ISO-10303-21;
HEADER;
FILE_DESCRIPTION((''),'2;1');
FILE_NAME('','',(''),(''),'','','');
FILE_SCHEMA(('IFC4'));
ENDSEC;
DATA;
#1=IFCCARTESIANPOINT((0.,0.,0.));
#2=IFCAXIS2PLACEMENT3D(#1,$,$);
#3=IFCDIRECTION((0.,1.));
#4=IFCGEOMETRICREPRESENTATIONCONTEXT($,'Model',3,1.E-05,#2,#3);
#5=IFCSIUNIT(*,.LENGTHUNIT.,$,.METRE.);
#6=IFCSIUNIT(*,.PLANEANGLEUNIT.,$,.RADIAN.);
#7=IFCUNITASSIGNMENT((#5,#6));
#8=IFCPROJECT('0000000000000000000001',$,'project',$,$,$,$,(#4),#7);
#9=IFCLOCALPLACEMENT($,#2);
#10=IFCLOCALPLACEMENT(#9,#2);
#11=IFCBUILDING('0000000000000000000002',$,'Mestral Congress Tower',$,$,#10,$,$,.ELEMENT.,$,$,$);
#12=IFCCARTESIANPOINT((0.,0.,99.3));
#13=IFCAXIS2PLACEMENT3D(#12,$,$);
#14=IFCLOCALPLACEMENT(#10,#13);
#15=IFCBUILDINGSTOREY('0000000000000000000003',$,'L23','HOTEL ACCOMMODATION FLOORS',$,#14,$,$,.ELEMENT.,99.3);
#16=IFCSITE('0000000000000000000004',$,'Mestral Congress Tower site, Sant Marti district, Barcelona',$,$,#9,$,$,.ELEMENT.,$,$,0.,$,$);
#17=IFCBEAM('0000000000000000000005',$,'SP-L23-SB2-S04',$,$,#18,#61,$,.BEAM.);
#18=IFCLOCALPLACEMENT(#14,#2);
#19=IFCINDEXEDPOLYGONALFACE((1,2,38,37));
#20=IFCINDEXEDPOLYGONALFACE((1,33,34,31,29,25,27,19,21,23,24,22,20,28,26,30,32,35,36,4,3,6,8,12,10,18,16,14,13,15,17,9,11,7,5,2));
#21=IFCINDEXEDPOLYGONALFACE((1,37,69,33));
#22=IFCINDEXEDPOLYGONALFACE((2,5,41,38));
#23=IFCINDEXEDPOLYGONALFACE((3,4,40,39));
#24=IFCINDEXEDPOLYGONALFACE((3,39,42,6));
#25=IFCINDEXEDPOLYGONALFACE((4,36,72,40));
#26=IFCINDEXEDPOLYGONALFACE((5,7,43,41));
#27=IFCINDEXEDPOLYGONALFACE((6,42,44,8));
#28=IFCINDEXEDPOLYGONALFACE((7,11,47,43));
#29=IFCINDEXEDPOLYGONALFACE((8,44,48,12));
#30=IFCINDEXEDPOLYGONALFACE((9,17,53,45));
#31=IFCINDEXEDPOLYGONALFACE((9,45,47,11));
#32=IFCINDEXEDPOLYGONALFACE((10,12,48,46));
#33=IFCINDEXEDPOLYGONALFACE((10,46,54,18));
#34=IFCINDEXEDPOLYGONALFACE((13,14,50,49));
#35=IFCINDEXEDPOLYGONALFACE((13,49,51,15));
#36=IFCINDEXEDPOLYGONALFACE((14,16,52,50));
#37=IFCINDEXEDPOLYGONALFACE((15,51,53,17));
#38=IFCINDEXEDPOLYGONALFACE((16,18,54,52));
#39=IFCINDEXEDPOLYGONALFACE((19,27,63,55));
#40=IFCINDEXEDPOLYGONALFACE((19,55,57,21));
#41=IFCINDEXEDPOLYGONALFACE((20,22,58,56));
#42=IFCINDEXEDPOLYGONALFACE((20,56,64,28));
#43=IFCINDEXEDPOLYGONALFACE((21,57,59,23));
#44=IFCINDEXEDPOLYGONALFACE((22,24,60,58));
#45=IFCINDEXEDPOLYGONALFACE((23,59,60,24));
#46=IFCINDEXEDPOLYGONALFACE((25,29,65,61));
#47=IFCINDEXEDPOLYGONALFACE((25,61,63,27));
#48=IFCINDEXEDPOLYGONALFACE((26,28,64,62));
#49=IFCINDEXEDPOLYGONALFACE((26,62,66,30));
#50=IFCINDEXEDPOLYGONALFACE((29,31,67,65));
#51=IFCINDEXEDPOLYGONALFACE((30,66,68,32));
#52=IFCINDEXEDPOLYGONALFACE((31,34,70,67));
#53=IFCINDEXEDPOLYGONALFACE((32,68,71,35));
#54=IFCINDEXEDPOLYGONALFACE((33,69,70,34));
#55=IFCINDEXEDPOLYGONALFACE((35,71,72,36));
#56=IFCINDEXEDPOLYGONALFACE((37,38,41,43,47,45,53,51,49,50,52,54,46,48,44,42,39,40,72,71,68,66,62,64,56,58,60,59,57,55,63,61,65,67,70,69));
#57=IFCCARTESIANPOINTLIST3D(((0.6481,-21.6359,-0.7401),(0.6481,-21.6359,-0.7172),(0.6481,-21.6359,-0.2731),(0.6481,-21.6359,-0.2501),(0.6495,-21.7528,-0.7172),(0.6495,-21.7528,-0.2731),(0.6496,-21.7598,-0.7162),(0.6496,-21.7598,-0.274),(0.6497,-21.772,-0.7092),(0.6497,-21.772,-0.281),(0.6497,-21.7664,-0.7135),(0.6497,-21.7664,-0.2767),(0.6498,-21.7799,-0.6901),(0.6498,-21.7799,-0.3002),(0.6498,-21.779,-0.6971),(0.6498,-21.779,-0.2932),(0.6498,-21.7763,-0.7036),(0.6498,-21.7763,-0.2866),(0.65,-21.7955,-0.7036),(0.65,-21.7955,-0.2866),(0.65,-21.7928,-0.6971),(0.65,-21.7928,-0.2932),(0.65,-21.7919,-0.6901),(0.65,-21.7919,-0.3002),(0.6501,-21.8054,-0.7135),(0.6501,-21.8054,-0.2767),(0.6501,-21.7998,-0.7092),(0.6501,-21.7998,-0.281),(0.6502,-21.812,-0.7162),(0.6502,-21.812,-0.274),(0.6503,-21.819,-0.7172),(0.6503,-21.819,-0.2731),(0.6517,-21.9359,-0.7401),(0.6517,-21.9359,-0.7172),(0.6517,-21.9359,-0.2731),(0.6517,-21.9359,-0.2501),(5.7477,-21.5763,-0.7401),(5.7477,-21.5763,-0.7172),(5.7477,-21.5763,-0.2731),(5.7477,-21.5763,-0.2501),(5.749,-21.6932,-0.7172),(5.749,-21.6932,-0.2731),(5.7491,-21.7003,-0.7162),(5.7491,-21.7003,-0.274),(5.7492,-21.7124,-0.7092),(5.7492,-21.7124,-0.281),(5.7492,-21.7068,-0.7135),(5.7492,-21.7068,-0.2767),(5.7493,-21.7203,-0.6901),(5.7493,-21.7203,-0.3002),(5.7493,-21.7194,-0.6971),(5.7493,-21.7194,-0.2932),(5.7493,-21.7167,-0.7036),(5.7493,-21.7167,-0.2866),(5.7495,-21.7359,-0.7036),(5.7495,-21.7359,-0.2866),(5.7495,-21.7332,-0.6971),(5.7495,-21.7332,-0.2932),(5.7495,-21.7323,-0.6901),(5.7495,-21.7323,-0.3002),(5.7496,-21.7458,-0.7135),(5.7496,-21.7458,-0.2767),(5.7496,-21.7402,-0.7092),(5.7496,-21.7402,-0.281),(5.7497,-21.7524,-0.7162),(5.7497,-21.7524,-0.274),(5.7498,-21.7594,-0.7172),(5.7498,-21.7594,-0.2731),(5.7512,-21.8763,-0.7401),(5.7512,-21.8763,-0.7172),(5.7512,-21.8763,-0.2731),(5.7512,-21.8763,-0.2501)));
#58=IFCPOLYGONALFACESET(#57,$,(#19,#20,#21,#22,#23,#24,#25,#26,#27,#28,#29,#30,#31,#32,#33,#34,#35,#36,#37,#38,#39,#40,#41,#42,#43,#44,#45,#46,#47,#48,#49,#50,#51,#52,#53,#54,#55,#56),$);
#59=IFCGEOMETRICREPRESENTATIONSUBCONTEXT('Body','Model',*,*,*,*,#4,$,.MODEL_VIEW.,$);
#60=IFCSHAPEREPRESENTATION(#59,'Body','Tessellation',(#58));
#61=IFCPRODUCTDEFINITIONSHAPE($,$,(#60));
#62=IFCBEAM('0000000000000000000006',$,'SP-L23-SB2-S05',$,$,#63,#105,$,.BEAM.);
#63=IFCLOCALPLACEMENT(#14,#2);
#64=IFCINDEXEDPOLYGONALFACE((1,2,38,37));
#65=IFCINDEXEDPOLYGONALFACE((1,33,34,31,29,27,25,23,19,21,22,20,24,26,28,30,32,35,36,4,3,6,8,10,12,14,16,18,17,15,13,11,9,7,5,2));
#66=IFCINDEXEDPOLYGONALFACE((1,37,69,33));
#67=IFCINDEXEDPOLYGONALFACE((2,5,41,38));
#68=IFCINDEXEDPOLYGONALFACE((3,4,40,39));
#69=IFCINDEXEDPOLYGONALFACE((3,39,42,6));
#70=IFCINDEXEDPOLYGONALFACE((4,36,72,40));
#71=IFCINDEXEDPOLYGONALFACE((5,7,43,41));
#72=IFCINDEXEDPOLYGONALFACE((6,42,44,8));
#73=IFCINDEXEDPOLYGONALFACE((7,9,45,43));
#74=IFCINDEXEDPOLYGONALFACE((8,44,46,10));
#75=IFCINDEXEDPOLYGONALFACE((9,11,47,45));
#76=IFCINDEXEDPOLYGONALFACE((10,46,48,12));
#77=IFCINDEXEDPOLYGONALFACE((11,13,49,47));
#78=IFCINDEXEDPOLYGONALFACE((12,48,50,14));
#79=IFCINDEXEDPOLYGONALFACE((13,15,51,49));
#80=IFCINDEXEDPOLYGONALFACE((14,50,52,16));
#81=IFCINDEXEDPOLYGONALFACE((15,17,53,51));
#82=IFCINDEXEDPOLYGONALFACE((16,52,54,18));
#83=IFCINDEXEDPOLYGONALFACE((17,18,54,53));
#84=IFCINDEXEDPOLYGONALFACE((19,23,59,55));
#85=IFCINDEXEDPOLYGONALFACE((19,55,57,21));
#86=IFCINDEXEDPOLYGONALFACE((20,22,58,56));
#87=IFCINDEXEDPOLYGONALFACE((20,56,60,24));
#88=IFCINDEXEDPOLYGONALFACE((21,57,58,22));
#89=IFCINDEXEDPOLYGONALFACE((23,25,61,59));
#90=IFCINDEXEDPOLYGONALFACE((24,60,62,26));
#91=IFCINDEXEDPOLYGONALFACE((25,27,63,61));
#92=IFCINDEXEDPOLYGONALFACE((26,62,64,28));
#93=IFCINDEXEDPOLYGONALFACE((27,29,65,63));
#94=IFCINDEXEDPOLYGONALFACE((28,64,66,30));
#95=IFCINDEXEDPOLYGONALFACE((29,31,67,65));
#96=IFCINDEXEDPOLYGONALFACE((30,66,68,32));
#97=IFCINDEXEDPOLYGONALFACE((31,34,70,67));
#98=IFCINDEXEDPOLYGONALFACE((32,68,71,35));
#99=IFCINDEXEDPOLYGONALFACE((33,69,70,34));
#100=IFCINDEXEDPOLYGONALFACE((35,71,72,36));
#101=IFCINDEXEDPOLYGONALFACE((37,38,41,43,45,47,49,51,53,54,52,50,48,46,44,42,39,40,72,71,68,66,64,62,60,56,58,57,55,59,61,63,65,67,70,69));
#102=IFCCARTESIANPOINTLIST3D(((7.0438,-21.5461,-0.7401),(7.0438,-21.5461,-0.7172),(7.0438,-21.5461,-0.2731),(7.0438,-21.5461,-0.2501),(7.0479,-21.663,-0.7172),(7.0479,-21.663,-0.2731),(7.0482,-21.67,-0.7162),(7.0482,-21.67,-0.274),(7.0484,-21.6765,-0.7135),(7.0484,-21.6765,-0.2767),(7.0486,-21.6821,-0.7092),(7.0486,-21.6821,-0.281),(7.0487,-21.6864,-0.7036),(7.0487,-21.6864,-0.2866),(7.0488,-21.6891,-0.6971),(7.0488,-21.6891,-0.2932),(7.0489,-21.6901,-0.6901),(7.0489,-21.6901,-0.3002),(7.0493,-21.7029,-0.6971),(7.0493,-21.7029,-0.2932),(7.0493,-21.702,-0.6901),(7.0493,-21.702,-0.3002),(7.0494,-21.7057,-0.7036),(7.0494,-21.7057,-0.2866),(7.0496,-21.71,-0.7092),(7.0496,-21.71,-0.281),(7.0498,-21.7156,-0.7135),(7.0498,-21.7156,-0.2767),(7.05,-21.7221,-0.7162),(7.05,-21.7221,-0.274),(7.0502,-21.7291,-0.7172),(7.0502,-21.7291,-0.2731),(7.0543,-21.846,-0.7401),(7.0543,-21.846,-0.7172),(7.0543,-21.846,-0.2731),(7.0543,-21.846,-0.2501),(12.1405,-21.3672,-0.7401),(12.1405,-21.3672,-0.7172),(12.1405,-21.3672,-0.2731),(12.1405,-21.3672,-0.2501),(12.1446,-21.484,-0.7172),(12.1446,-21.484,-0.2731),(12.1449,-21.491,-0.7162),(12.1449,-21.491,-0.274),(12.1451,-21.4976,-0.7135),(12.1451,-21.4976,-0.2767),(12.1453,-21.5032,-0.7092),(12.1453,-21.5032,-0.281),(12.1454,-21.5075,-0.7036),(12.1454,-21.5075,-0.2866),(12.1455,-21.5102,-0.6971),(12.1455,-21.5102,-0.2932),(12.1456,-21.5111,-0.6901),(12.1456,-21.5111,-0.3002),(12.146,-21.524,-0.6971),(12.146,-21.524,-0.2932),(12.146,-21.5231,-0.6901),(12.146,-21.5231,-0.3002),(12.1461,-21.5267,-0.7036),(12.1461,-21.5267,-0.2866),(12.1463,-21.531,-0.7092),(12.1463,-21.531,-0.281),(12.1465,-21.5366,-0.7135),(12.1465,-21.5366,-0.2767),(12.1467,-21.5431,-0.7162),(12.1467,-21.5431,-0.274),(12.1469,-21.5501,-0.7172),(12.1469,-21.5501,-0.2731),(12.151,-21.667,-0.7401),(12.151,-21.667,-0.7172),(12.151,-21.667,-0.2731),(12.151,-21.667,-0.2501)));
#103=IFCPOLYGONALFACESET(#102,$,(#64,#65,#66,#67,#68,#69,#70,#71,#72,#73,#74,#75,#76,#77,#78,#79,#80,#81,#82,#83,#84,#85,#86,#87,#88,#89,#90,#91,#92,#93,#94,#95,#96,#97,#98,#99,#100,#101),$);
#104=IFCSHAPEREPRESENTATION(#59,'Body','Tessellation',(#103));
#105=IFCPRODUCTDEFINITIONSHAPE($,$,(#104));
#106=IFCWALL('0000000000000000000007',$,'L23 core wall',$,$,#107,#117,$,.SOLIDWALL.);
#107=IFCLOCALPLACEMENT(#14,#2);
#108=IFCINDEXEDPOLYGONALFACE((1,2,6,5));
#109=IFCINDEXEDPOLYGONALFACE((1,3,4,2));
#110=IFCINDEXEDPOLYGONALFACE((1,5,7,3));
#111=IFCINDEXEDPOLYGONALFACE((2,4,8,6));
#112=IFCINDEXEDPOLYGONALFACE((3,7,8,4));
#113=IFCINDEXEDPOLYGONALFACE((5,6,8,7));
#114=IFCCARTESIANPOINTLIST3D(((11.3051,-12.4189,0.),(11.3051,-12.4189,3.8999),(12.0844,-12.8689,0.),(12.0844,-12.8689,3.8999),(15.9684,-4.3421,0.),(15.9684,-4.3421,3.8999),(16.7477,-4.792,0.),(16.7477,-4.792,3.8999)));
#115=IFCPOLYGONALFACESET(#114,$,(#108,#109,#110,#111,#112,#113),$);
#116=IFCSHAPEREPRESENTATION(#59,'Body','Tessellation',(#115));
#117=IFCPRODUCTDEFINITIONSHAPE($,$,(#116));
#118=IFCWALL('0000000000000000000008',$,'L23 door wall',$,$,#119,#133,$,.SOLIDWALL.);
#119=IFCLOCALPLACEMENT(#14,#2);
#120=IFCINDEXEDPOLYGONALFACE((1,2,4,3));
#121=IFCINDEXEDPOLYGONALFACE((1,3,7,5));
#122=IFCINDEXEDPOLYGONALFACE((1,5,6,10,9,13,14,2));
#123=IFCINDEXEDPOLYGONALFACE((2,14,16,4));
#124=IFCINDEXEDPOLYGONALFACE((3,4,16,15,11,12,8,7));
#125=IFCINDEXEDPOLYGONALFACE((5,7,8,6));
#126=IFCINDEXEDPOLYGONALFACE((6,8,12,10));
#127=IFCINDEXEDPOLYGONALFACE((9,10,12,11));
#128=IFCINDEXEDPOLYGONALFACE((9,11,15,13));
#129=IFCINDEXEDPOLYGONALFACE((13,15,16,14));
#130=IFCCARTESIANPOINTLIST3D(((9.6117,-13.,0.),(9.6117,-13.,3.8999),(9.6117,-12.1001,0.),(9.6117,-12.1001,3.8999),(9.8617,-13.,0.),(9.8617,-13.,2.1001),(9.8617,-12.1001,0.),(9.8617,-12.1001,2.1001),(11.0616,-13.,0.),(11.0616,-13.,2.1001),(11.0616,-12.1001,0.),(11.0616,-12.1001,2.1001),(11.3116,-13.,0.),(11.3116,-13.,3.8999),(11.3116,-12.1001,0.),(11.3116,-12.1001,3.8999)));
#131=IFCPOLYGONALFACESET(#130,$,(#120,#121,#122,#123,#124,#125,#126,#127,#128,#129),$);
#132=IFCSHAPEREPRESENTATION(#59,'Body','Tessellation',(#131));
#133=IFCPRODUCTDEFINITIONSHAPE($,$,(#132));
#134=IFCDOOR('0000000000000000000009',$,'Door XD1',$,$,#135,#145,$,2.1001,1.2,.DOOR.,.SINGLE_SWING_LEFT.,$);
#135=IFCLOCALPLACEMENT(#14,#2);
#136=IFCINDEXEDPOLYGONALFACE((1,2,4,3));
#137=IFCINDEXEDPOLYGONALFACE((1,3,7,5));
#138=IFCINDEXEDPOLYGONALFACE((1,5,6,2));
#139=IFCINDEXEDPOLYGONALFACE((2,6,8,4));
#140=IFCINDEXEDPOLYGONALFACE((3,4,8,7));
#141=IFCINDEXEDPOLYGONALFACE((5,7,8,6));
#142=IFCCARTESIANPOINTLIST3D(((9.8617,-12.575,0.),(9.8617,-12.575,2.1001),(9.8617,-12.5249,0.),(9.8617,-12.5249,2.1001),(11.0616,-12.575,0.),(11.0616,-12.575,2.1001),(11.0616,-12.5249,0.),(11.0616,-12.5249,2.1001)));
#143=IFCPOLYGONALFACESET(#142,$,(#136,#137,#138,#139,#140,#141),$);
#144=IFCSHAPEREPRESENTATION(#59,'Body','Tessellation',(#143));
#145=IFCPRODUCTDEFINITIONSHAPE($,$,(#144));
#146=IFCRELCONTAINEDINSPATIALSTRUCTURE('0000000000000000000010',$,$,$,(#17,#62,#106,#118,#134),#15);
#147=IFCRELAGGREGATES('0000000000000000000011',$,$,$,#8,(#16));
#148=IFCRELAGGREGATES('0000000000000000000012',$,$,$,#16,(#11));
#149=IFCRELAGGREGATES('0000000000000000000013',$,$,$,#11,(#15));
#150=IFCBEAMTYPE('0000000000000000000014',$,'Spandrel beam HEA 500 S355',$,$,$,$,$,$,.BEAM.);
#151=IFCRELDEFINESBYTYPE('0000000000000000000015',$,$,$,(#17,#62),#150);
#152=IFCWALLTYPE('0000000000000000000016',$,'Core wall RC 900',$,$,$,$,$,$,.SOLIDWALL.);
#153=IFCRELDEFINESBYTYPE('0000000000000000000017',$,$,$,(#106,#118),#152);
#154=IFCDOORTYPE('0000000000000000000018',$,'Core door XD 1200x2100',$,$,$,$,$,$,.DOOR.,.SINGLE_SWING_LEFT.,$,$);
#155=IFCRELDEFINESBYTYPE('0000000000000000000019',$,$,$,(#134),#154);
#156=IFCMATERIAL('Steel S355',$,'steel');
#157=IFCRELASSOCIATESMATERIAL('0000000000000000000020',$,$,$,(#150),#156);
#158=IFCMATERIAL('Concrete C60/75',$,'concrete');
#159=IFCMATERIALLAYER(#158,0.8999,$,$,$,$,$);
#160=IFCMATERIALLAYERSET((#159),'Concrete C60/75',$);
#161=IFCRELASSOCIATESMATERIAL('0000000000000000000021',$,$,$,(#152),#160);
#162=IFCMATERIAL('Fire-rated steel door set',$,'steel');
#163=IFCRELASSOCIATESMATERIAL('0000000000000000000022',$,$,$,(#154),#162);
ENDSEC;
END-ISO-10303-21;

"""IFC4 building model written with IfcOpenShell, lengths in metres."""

from ifc_helpers import new_model, si_unit, direction, frame, frame_2d, origin, origin_2d, place, context, subcontext, project, spatial, rectangle, i_section, extrude, material, layer, layer_set, material_profile, profile_set, type_object, element, fill, save


model = new_model("IFC4")

# Units and contexts
model_context = context("Model", 3, precision=1e-05, world=origin(), true_north=direction((0.0, 1.0)))
body_context = subcontext(model_context, "Body", "Model", "MODEL_VIEW")
ifc_project = project(units=[si_unit("LENGTHUNIT", "METRE"), si_unit("PLANEANGLEUNIT", "RADIAN")], contexts=[model_context])

# Site, building, storey
site_placement = place(None, origin())
site = spatial("IfcSite", under=ifc_project, at=site_placement, Name="Mestral Congress Tower site, Sant Marti district, Barcelona", CompositionType="ELEMENT", RefElevation=0.0)
building_placement = place(site_placement, origin())
building = spatial("IfcBuilding", under=site, at=building_placement, Name="Mestral Congress Tower", CompositionType="ELEMENT")
storey_placement = place(building_placement, frame((0.0, 0.0, 99.3)))
storey = spatial("IfcBuildingStorey", under=building, at=storey_placement, Name="L23", Description="HOTEL ACCOMMODATION FLOORS", CompositionType="ELEMENT", Elevation=99.3)

# Beams
ifc_material_1 = material(Name="Steel S355", Category="steel")
ifc_material_profile_1 = material_profile(ifc_material_1, i_section(OverallWidth=0.3, OverallDepth=0.49, WebThickness=0.012, FlangeThickness=0.0229, FilletRadius=0.0271, at=origin_2d()), Name="HEA 500")
ifc_profile_set_1 = profile_set([ifc_material_profile_1], Name="Steel S355")
beam_type_1 = type_object("IfcBeamType", Name="Spandrel beam HEA 500 S355", PredefinedType="BEAM", material=ifc_profile_set_1)
for number, where, z_axis, x_axis, name in (
    (1, (0.6499, -21.7859, -0.4951), (0.999932, 0.011681, 0.0), (-0.011681, 0.999932, 0.0), "SP-L23-SB2-S04"),
    (2, (7.0491, -21.696, -0.4951), (0.999384, 0.03509, 0.0), (-0.03509, 0.999384, 0.0), "SP-L23-SB2-S05"),
):
    element("IfcBeam", number, at=place(storey_placement, frame(where, z_axis=z_axis, x_axis=x_axis)), inside=storey, type_object=beam_type_1, Name=name, PredefinedType="BEAM", context=body_context, shape_type="SweptSolid", body=[
        extrude(i_section(OverallWidth=0.3, OverallDepth=0.49, WebThickness=0.012, FlangeThickness=0.0229, FilletRadius=0.0271, at=origin_2d()), origin(), (0.0, 0.0, 1.0), 5.0999),
    ])

# Wall
ifc_material_2 = material(Name="Concrete C60/75", Category="concrete")
ifc_layer_1 = layer(ifc_material_2, 0.8999)
ifc_layer_set_1 = layer_set([ifc_layer_1], Name="Concrete C60/75")
wall_type_1 = type_object("IfcWallType", Name="Core wall RC 900", PredefinedType="SOLIDWALL", material=ifc_layer_set_1)
wall_1_placement = place(storey_placement, frame((11.6948, -12.6438, 0.0), z_axis=(0.0, 0.0, 1.0), x_axis=(0.50001, 0.866019, 0.0)))
element("IfcWall", 3, at=wall_1_placement, inside=storey, type_object=wall_type_1, Name="L23 core wall", PredefinedType="SOLIDWALL", context=body_context, shape_type="SweptSolid", body=[
    extrude(rectangle(XDim=9.3264, YDim=0.8999, at=frame_2d((4.6631, 0.0))), origin(), (0.0, 0.0, 1.0), 3.8999),
])

# Wall, opening, door
wall_2_placement = place(storey_placement, frame((11.3118, -12.55, 0.0), z_axis=(0.0, 0.0, 1.0), x_axis=(-1.0, 0.0, 0.0)))
wall_2 = element("IfcWall", 4, at=wall_2_placement, inside=storey, type_object=wall_type_1, Name="L23 door wall", PredefinedType="SOLIDWALL", context=body_context, shape_type="SweptSolid", body=[
    extrude(rectangle(XDim=1.7, YDim=0.8999, at=frame_2d((0.8501, 0.0))), origin(), (0.0, 0.0, 1.0), 3.8999),
])
opening_1_placement = place(wall_2_placement, frame((0.25, 0.0, 0.0)))
opening_1 = element("IfcOpeningElement", 5, at=opening_1_placement, cuts=wall_2, PredefinedType="OPENING", context=body_context, shape_type="SweptSolid", body=[
    extrude(rectangle(XDim=1.2, YDim=2.1001, at=frame_2d((0.6001, 1.05))), frame((0.0, 0.46, 0.0), z_axis=(0.0, -1.0, 0.0), x_axis=(1.0, 0.0, 0.0)), (0.0, 0.0, 1.0), 0.9199),
])
ifc_material_3 = material(Name="Fire-rated steel door set", Category="steel")
door_type_1 = type_object("IfcDoorType", Name="Core door XD 1200x2100", OperationType="SINGLE_SWING_LEFT", PredefinedType="DOOR", material=ifc_material_3)
door_1_placement = place(opening_1_placement, origin())
door_1 = element("IfcDoor", 6, at=door_1_placement, inside=storey, type_object=door_type_1, Name="Door XD1", OperationType="SINGLE_SWING_LEFT", OverallHeight=2.1001, OverallWidth=1.2, PredefinedType="DOOR", context=body_context, shape_type="SweptSolid", body=[
    extrude(rectangle(XDim=1.2, YDim=2.1001, at=frame_2d((0.6001, 1.05))), frame((0.0, 0.0249, 0.0), z_axis=(0.0, -1.0, 0.0), x_axis=(1.0, 0.0, 0.0)), (0.0, 0.0, 1.0), 0.05),
])
fill(opening_1, door_1)

save(model, "model.ifc")
